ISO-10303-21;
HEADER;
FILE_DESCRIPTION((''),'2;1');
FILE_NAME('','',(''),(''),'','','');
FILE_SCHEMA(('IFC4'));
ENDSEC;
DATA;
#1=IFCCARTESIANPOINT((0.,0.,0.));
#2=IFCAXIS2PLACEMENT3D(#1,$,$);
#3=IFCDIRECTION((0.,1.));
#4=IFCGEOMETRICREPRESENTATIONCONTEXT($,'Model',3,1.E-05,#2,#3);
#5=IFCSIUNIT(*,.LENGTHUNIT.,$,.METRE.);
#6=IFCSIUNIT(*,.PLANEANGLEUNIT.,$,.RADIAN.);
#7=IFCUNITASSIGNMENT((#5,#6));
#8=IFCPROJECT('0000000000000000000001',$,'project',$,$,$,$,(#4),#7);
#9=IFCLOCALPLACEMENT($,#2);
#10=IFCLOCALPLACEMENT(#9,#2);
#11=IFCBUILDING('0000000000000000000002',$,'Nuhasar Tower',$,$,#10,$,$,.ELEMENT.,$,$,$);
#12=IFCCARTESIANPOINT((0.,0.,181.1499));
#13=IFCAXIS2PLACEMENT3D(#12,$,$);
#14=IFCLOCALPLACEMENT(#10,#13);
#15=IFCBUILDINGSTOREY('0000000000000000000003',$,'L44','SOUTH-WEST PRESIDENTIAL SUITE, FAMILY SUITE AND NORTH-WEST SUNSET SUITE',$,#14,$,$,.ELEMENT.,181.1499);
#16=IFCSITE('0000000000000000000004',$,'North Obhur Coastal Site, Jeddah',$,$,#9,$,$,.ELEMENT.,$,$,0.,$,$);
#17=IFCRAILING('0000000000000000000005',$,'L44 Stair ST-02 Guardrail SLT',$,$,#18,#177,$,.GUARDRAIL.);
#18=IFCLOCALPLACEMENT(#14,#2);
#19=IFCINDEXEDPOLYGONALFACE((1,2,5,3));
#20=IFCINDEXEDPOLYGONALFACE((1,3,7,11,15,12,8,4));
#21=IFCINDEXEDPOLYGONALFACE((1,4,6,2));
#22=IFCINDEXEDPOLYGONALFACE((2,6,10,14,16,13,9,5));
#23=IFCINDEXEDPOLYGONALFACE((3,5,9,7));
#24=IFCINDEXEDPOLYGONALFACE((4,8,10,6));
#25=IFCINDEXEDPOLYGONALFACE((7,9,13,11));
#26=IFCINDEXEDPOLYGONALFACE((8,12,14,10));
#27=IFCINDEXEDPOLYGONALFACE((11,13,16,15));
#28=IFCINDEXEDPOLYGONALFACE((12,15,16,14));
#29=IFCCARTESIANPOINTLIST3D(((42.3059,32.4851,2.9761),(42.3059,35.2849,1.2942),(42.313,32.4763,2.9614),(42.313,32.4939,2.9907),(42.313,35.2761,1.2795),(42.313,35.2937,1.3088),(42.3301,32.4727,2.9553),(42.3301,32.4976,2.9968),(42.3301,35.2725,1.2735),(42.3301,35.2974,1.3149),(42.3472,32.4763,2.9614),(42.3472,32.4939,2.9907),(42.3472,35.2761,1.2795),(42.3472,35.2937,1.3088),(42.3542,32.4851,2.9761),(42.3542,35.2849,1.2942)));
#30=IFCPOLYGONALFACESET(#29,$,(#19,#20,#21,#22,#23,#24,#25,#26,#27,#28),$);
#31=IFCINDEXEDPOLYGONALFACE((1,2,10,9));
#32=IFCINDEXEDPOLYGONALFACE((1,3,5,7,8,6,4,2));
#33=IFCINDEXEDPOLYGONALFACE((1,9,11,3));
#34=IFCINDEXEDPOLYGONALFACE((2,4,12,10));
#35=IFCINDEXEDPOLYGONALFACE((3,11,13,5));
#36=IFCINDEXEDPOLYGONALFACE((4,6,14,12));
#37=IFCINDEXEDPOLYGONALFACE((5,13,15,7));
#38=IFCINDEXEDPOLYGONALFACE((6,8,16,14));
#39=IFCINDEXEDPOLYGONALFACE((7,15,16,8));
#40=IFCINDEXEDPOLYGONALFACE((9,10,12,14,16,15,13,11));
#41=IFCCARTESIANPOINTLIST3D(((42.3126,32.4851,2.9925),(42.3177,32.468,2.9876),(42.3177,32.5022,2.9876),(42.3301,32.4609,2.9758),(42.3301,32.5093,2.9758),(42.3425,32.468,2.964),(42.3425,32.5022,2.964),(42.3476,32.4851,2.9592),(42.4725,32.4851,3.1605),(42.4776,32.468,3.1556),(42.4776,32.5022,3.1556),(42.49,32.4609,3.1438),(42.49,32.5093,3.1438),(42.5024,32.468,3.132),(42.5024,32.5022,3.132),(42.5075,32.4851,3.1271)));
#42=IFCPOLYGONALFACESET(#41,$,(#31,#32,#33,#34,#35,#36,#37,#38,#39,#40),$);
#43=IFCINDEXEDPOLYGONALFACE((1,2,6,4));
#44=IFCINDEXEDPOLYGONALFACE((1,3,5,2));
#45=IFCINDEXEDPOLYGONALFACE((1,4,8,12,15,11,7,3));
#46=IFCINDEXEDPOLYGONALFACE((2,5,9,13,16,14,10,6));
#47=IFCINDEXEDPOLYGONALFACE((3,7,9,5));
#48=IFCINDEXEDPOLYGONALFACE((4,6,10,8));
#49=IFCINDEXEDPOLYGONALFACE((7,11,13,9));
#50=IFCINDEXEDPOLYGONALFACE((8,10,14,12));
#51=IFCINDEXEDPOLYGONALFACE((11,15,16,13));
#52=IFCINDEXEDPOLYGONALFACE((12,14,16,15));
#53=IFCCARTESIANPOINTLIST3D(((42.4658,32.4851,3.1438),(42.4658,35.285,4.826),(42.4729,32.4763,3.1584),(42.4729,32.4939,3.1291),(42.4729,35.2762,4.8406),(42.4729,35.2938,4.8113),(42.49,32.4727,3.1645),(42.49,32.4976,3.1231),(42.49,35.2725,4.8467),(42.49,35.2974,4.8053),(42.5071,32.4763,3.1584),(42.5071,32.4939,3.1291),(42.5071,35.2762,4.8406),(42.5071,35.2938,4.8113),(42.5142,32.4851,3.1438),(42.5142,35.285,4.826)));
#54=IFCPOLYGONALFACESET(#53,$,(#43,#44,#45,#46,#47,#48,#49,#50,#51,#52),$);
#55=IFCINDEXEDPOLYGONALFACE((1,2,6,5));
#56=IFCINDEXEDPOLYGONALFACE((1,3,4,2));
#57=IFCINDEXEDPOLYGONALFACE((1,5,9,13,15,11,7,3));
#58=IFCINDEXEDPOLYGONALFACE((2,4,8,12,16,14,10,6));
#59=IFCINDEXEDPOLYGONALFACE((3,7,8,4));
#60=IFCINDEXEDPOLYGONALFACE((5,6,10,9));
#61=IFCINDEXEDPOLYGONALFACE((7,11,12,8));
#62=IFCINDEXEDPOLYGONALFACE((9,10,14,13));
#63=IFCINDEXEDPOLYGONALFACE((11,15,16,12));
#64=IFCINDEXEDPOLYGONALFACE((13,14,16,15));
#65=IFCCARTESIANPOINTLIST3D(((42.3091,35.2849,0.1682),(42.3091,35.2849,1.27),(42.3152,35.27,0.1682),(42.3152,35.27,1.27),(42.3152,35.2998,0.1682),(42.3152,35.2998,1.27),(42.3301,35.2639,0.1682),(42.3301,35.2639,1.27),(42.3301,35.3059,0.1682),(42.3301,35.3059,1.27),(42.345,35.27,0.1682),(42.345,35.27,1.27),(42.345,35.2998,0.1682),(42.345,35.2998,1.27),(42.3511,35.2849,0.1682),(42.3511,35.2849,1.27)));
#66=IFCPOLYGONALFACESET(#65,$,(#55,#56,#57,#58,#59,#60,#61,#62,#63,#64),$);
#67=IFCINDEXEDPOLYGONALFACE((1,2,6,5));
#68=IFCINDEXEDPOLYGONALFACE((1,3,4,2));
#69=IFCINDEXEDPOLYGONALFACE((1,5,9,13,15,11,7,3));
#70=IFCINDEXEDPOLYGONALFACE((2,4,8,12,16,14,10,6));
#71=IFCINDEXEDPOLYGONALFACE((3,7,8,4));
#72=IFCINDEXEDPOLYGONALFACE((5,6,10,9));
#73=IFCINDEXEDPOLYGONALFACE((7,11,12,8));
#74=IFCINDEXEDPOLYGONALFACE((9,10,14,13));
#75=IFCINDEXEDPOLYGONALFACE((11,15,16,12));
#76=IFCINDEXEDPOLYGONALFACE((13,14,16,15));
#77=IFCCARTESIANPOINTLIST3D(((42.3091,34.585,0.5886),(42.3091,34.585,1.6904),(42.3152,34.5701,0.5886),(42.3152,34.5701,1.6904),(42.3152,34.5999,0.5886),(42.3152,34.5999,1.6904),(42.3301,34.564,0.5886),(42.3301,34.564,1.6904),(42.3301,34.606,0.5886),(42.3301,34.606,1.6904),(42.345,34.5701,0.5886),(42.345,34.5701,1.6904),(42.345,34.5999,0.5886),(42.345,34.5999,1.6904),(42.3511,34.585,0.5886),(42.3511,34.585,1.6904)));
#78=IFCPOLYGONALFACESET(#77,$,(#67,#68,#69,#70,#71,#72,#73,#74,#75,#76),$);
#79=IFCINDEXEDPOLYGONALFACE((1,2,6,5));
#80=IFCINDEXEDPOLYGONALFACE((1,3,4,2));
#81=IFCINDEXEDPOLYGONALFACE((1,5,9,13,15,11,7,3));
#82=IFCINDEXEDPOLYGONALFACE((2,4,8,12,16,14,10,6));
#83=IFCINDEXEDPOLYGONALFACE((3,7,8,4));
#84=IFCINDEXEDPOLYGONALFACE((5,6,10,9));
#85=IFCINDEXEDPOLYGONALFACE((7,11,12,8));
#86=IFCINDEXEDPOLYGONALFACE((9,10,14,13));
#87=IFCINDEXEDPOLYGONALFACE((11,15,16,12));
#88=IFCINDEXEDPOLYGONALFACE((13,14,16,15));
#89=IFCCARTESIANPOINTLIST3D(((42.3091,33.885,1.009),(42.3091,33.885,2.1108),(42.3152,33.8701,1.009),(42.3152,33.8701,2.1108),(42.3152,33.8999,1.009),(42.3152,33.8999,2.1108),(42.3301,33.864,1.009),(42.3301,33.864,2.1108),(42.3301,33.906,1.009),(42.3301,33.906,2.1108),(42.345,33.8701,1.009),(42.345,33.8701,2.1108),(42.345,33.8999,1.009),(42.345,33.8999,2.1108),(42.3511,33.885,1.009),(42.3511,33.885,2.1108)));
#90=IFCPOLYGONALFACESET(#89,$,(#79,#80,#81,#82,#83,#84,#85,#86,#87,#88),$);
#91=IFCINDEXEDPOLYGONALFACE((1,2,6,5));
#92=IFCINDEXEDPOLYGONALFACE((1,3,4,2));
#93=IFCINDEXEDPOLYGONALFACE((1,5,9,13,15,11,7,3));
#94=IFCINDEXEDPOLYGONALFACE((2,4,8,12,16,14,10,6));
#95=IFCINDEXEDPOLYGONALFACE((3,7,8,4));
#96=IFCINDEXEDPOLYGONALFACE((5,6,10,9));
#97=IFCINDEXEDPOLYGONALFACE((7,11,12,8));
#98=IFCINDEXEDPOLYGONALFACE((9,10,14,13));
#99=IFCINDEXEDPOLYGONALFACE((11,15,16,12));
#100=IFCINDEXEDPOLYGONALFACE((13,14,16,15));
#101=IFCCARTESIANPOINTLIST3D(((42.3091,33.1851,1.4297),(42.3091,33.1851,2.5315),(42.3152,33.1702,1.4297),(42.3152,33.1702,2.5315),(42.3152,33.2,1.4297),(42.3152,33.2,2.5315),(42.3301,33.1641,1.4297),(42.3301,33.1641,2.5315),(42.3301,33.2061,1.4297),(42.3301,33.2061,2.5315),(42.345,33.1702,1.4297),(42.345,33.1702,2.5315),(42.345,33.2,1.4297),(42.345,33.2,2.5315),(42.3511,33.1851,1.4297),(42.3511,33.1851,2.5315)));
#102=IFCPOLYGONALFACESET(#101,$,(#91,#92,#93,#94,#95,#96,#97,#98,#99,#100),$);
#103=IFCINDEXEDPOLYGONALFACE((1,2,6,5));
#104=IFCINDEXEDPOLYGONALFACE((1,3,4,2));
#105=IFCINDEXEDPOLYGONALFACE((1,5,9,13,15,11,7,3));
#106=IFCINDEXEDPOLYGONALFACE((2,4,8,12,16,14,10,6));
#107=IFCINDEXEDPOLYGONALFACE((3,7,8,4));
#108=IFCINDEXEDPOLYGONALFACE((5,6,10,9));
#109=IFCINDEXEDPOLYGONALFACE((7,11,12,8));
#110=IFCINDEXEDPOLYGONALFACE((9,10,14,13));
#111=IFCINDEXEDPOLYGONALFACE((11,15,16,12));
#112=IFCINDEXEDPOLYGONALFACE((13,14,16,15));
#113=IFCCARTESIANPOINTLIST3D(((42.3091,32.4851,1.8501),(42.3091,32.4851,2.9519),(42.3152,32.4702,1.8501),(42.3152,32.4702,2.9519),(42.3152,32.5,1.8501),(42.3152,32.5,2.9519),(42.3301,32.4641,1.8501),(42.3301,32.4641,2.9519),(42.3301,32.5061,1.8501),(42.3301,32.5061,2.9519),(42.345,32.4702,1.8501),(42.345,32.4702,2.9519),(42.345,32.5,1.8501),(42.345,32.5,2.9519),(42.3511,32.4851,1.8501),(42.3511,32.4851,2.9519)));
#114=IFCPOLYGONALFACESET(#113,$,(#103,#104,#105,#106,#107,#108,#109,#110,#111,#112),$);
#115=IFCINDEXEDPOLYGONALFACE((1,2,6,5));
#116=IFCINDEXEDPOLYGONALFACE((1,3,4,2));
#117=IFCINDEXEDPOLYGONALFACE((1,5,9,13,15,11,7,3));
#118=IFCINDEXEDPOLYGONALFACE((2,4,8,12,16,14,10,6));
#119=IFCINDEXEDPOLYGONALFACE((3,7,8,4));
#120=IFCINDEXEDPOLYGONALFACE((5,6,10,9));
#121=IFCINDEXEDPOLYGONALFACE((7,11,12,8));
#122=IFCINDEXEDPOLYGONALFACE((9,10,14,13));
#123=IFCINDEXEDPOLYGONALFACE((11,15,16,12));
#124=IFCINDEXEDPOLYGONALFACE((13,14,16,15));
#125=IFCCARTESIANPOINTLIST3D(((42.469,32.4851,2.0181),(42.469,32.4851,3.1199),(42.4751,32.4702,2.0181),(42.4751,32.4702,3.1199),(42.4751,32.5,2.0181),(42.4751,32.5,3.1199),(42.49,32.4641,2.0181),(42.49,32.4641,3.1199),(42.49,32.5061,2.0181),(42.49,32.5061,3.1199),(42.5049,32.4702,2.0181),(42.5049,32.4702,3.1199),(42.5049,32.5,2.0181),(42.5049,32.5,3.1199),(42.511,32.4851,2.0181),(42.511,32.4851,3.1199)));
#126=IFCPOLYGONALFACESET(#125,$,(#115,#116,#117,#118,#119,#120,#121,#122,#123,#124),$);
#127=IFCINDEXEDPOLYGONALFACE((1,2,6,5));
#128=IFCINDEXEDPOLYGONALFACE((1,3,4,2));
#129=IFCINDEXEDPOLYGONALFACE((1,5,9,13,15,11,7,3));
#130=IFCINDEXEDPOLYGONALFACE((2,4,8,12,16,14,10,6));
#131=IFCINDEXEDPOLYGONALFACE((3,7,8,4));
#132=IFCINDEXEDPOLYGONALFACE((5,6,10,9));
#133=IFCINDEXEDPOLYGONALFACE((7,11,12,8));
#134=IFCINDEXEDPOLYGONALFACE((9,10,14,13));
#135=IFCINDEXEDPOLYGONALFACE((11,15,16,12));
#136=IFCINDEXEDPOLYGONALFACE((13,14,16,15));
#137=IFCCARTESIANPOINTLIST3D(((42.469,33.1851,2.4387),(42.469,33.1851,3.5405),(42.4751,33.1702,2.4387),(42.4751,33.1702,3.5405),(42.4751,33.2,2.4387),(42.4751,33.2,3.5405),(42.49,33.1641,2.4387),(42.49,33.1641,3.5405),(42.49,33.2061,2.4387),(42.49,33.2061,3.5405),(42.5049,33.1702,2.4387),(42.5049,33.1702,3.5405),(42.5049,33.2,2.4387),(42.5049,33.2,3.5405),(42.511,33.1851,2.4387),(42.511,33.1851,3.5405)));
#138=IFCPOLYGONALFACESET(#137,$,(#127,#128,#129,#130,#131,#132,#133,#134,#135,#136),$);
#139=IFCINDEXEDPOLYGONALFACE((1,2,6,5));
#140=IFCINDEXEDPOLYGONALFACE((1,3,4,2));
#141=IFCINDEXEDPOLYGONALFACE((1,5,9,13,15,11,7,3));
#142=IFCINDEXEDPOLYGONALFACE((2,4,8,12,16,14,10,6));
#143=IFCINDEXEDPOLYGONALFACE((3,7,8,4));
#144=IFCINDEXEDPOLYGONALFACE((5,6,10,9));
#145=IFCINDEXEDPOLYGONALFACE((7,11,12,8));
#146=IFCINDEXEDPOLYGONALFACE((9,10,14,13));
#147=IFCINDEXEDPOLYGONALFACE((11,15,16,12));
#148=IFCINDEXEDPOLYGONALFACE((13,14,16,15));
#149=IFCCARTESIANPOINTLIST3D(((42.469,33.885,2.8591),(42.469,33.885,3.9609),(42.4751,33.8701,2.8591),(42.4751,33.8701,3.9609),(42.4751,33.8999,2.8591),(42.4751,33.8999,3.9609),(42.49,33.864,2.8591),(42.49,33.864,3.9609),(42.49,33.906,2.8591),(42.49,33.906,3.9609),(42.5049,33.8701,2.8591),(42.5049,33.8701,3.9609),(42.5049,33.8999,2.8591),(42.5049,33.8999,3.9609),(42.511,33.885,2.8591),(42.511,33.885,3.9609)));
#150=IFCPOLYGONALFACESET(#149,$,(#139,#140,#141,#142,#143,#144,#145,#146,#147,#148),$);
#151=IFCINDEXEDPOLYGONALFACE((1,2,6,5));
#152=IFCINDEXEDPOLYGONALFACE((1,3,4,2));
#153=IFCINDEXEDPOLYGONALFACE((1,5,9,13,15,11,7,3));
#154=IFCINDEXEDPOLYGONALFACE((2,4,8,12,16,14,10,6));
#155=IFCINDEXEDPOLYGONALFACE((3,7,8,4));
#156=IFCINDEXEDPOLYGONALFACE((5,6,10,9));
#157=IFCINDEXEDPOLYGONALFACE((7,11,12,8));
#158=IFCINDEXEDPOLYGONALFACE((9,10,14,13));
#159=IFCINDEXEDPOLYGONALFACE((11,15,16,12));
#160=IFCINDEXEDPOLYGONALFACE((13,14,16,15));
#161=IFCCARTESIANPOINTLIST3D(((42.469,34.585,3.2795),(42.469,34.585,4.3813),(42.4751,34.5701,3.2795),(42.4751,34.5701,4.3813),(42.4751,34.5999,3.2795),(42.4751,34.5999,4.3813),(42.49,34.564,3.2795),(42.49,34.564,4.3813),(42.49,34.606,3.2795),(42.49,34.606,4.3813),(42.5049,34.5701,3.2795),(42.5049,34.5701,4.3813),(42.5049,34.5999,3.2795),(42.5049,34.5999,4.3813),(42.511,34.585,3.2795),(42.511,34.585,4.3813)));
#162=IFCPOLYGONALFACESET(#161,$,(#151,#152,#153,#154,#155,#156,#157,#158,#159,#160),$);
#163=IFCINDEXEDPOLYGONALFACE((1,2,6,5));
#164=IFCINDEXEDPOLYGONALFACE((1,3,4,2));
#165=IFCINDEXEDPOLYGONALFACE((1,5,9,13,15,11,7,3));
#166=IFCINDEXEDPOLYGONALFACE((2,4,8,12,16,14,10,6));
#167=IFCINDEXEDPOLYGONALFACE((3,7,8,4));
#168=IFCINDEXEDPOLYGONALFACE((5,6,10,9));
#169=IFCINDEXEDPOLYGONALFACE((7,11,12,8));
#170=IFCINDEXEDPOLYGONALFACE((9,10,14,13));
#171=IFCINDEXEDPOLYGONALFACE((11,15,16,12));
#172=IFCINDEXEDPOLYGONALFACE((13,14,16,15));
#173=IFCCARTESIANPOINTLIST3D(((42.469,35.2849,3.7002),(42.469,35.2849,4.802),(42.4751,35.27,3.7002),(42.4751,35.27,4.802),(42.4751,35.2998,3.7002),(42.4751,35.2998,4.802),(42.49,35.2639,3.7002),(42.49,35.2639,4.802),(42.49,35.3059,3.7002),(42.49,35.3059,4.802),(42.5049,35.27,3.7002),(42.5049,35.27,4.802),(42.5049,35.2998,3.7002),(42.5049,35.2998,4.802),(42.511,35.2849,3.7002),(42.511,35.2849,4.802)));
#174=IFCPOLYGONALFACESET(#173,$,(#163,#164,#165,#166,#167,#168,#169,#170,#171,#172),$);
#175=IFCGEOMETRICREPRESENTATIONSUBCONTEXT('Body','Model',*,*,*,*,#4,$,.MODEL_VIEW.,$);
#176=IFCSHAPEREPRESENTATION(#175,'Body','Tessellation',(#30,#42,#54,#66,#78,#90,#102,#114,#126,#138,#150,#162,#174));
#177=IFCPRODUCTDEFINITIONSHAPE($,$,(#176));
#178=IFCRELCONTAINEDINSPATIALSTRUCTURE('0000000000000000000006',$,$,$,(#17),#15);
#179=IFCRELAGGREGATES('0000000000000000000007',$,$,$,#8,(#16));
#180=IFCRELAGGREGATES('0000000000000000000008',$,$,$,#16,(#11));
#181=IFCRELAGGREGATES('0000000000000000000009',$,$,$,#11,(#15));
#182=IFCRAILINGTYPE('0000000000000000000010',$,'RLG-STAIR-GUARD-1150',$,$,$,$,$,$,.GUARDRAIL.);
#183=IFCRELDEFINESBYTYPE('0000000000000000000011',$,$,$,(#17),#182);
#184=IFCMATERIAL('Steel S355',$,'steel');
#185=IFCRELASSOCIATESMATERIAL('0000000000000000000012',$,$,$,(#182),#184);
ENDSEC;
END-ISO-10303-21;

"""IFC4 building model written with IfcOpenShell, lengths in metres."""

from ifc_helpers import new_model, si_unit, direction, frame, origin, place, context, subcontext, project, spatial, polyline, outline, extrude, material, type_object, element, save


model = new_model("IFC4")

# Units and contexts
model_context = context("Model", 3, precision=1e-05, world=origin(), true_north=direction((0.0, 1.0)))
body_context = subcontext(model_context, "Body", "Model", "MODEL_VIEW")
ifc_project = project(units=[si_unit("LENGTHUNIT", "METRE"), si_unit("PLANEANGLEUNIT", "RADIAN")], contexts=[model_context])

# Site, building, storey
site_placement = place(None, origin())
site = spatial("IfcSite", under=ifc_project, at=site_placement, Name="North Obhur Coastal Site, Jeddah", CompositionType="ELEMENT", RefElevation=0.0)
building_placement = place(site_placement, origin())
building = spatial("IfcBuilding", under=site, at=building_placement, Name="Nuhasar Tower", CompositionType="ELEMENT")
storey_placement = place(building_placement, frame((0.0, 0.0, 181.1499)))
storey = spatial("IfcBuildingStorey", under=building, at=storey_placement, Name="L44", Description="SOUTH-WEST PRESIDENTIAL SUITE, FAMILY SUITE AND NORTH-WEST SUNSET SUITE", CompositionType="ELEMENT", Elevation=181.1499)

# Shared definitions
ifc_material_1 = material(Name="Steel S355", Category="steel")

# Railing
railing_type_1 = type_object("IfcRailingType", Name="RLG-STAIR-GUARD-1150", PredefinedType="GUARDRAIL", material=ifc_material_1)
railing_1_placement = place(storey_placement, frame((42.3301, 35.2849, 0.1682)))
element("IfcRailing", 1, at=railing_1_placement, inside=storey, type_object=railing_type_1, Name="L44 Stair ST-02 Guardrail SLT", PredefinedType="GUARDRAIL", context=body_context, shape_type="SweptSolid", body=[
    extrude(outline(polyline([(0.0242, 0.0), (0.0171, 0.0171), (0.0, 0.0242), (-0.0171, 0.0171), (-0.0242, 0.0), (-0.0171, -0.0171), (0.0, -0.0242), (0.0171, -0.0171), (0.0242, 0.0)])), frame((0.0, 0.0, 1.126), z_axis=(0.0, -0.857222, 0.514946), x_axis=(1.0, 0.0, 0.0)), (0.0, 0.0, 1.0), 3.2661),
    extrude(outline(polyline([(0.0242, 0.0), (0.0171, 0.0171), (0.0, 0.0242), (-0.0171, 0.0171), (-0.0242, 0.0), (-0.0171, -0.0171), (0.0, -0.0242), (0.0171, -0.0171), (0.0242, 0.0)])), frame((0.0, -2.7998, 2.8076), z_axis=(0.689524, 0.0, 0.724263), x_axis=(0.0, 1.0, 0.0)), (0.0, 0.0, 1.0), 0.2319),
    extrude(outline(polyline([(0.0242, 0.0), (0.0171, 0.0171), (0.0, 0.0242), (-0.0171, 0.0171), (-0.0242, 0.0), (-0.0171, -0.0171), (0.0, -0.0242), (0.0171, -0.0171), (0.0242, 0.0)])), frame((0.1599, -2.7998, 2.9756), z_axis=(0.0, 0.857189, 0.515001), x_axis=(-1.0, 0.0, 0.0)), (0.0, 0.0, 1.0), 3.2664),
    extrude(outline(polyline([(0.021, 0.0), (0.0149, 0.0149), (0.0, 0.021), (-0.0149, 0.0149), (-0.021, 0.0), (-0.0149, -0.0149), (0.0, -0.021), (0.0149, -0.0149), (0.021, 0.0)])), origin(), (0.0, 0.0, 1.0), 1.1018),
    extrude(outline(polyline([(0.021, 0.0), (0.0149, 0.0149), (0.0, 0.021), (-0.0149, 0.0149), (-0.021, 0.0), (-0.0149, -0.0149), (0.0, -0.021), (0.0149, -0.0149), (0.021, 0.0)])), frame((0.0, -0.7, 0.4204)), (0.0, 0.0, 1.0), 1.1018),
    extrude(outline(polyline([(0.021, 0.0), (0.0149, 0.0149), (0.0, 0.021), (-0.0149, 0.0149), (-0.021, 0.0), (-0.0149, -0.0149), (0.0, -0.021), (0.0149, -0.0149), (0.021, 0.0)])), frame((0.0, -1.3999, 0.8408)), (0.0, 0.0, 1.0), 1.1018),
    extrude(outline(polyline([(0.021, 0.0), (0.0149, 0.0149), (0.0, 0.021), (-0.0149, 0.0149), (-0.021, 0.0), (-0.0149, -0.0149), (0.0, -0.021), (0.0149, -0.0149), (0.021, 0.0)])), frame((0.0, -2.0999, 1.2615)), (0.0, 0.0, 1.0), 1.1018),
    extrude(outline(polyline([(0.021, 0.0), (0.0149, 0.0149), (0.0, 0.021), (-0.0149, 0.0149), (-0.021, 0.0), (-0.0149, -0.0149), (0.0, -0.021), (0.0149, -0.0149), (0.021, 0.0)])), frame((0.0, -2.7998, 1.6819)), (0.0, 0.0, 1.0), 1.1018),
    extrude(outline(polyline([(0.021, 0.0), (0.0149, 0.0149), (0.0, 0.021), (-0.0149, 0.0149), (-0.021, 0.0), (-0.0149, -0.0149), (0.0, -0.021), (0.0149, -0.0149), (0.021, 0.0)])), frame((0.1599, -2.7998, 1.8499)), (0.0, 0.0, 1.0), 1.1018),
    extrude(outline(polyline([(0.021, 0.0), (0.0149, 0.0149), (0.0, 0.021), (-0.0149, 0.0149), (-0.021, 0.0), (-0.0149, -0.0149), (0.0, -0.021), (0.0149, -0.0149), (0.021, 0.0)])), frame((0.1599, -2.0999, 2.2705)), (0.0, 0.0, 1.0), 1.1018),
    extrude(outline(polyline([(0.021, 0.0), (0.0149, 0.0149), (0.0, 0.021), (-0.0149, 0.0149), (-0.021, 0.0), (-0.0149, -0.0149), (0.0, -0.021), (0.0149, -0.0149), (0.021, 0.0)])), frame((0.1599, -1.3999, 2.6909)), (0.0, 0.0, 1.0), 1.1018),
    extrude(outline(polyline([(0.021, 0.0), (0.0149, 0.0149), (0.0, 0.021), (-0.0149, 0.0149), (-0.021, 0.0), (-0.0149, -0.0149), (0.0, -0.021), (0.0149, -0.0149), (0.021, 0.0)])), frame((0.1599, -0.7, 3.1113)), (0.0, 0.0, 1.0), 1.1018),
    extrude(outline(polyline([(0.021, 0.0), (0.0149, 0.0149), (0.0, 0.021), (-0.0149, 0.0149), (-0.021, 0.0), (-0.0149, -0.0149), (0.0, -0.021), (0.0149, -0.0149), (0.021, 0.0)])), frame((0.1599, 0.0, 3.532)), (0.0, 0.0, 1.0), 1.1018),
])

save(model, "model.ifc")
